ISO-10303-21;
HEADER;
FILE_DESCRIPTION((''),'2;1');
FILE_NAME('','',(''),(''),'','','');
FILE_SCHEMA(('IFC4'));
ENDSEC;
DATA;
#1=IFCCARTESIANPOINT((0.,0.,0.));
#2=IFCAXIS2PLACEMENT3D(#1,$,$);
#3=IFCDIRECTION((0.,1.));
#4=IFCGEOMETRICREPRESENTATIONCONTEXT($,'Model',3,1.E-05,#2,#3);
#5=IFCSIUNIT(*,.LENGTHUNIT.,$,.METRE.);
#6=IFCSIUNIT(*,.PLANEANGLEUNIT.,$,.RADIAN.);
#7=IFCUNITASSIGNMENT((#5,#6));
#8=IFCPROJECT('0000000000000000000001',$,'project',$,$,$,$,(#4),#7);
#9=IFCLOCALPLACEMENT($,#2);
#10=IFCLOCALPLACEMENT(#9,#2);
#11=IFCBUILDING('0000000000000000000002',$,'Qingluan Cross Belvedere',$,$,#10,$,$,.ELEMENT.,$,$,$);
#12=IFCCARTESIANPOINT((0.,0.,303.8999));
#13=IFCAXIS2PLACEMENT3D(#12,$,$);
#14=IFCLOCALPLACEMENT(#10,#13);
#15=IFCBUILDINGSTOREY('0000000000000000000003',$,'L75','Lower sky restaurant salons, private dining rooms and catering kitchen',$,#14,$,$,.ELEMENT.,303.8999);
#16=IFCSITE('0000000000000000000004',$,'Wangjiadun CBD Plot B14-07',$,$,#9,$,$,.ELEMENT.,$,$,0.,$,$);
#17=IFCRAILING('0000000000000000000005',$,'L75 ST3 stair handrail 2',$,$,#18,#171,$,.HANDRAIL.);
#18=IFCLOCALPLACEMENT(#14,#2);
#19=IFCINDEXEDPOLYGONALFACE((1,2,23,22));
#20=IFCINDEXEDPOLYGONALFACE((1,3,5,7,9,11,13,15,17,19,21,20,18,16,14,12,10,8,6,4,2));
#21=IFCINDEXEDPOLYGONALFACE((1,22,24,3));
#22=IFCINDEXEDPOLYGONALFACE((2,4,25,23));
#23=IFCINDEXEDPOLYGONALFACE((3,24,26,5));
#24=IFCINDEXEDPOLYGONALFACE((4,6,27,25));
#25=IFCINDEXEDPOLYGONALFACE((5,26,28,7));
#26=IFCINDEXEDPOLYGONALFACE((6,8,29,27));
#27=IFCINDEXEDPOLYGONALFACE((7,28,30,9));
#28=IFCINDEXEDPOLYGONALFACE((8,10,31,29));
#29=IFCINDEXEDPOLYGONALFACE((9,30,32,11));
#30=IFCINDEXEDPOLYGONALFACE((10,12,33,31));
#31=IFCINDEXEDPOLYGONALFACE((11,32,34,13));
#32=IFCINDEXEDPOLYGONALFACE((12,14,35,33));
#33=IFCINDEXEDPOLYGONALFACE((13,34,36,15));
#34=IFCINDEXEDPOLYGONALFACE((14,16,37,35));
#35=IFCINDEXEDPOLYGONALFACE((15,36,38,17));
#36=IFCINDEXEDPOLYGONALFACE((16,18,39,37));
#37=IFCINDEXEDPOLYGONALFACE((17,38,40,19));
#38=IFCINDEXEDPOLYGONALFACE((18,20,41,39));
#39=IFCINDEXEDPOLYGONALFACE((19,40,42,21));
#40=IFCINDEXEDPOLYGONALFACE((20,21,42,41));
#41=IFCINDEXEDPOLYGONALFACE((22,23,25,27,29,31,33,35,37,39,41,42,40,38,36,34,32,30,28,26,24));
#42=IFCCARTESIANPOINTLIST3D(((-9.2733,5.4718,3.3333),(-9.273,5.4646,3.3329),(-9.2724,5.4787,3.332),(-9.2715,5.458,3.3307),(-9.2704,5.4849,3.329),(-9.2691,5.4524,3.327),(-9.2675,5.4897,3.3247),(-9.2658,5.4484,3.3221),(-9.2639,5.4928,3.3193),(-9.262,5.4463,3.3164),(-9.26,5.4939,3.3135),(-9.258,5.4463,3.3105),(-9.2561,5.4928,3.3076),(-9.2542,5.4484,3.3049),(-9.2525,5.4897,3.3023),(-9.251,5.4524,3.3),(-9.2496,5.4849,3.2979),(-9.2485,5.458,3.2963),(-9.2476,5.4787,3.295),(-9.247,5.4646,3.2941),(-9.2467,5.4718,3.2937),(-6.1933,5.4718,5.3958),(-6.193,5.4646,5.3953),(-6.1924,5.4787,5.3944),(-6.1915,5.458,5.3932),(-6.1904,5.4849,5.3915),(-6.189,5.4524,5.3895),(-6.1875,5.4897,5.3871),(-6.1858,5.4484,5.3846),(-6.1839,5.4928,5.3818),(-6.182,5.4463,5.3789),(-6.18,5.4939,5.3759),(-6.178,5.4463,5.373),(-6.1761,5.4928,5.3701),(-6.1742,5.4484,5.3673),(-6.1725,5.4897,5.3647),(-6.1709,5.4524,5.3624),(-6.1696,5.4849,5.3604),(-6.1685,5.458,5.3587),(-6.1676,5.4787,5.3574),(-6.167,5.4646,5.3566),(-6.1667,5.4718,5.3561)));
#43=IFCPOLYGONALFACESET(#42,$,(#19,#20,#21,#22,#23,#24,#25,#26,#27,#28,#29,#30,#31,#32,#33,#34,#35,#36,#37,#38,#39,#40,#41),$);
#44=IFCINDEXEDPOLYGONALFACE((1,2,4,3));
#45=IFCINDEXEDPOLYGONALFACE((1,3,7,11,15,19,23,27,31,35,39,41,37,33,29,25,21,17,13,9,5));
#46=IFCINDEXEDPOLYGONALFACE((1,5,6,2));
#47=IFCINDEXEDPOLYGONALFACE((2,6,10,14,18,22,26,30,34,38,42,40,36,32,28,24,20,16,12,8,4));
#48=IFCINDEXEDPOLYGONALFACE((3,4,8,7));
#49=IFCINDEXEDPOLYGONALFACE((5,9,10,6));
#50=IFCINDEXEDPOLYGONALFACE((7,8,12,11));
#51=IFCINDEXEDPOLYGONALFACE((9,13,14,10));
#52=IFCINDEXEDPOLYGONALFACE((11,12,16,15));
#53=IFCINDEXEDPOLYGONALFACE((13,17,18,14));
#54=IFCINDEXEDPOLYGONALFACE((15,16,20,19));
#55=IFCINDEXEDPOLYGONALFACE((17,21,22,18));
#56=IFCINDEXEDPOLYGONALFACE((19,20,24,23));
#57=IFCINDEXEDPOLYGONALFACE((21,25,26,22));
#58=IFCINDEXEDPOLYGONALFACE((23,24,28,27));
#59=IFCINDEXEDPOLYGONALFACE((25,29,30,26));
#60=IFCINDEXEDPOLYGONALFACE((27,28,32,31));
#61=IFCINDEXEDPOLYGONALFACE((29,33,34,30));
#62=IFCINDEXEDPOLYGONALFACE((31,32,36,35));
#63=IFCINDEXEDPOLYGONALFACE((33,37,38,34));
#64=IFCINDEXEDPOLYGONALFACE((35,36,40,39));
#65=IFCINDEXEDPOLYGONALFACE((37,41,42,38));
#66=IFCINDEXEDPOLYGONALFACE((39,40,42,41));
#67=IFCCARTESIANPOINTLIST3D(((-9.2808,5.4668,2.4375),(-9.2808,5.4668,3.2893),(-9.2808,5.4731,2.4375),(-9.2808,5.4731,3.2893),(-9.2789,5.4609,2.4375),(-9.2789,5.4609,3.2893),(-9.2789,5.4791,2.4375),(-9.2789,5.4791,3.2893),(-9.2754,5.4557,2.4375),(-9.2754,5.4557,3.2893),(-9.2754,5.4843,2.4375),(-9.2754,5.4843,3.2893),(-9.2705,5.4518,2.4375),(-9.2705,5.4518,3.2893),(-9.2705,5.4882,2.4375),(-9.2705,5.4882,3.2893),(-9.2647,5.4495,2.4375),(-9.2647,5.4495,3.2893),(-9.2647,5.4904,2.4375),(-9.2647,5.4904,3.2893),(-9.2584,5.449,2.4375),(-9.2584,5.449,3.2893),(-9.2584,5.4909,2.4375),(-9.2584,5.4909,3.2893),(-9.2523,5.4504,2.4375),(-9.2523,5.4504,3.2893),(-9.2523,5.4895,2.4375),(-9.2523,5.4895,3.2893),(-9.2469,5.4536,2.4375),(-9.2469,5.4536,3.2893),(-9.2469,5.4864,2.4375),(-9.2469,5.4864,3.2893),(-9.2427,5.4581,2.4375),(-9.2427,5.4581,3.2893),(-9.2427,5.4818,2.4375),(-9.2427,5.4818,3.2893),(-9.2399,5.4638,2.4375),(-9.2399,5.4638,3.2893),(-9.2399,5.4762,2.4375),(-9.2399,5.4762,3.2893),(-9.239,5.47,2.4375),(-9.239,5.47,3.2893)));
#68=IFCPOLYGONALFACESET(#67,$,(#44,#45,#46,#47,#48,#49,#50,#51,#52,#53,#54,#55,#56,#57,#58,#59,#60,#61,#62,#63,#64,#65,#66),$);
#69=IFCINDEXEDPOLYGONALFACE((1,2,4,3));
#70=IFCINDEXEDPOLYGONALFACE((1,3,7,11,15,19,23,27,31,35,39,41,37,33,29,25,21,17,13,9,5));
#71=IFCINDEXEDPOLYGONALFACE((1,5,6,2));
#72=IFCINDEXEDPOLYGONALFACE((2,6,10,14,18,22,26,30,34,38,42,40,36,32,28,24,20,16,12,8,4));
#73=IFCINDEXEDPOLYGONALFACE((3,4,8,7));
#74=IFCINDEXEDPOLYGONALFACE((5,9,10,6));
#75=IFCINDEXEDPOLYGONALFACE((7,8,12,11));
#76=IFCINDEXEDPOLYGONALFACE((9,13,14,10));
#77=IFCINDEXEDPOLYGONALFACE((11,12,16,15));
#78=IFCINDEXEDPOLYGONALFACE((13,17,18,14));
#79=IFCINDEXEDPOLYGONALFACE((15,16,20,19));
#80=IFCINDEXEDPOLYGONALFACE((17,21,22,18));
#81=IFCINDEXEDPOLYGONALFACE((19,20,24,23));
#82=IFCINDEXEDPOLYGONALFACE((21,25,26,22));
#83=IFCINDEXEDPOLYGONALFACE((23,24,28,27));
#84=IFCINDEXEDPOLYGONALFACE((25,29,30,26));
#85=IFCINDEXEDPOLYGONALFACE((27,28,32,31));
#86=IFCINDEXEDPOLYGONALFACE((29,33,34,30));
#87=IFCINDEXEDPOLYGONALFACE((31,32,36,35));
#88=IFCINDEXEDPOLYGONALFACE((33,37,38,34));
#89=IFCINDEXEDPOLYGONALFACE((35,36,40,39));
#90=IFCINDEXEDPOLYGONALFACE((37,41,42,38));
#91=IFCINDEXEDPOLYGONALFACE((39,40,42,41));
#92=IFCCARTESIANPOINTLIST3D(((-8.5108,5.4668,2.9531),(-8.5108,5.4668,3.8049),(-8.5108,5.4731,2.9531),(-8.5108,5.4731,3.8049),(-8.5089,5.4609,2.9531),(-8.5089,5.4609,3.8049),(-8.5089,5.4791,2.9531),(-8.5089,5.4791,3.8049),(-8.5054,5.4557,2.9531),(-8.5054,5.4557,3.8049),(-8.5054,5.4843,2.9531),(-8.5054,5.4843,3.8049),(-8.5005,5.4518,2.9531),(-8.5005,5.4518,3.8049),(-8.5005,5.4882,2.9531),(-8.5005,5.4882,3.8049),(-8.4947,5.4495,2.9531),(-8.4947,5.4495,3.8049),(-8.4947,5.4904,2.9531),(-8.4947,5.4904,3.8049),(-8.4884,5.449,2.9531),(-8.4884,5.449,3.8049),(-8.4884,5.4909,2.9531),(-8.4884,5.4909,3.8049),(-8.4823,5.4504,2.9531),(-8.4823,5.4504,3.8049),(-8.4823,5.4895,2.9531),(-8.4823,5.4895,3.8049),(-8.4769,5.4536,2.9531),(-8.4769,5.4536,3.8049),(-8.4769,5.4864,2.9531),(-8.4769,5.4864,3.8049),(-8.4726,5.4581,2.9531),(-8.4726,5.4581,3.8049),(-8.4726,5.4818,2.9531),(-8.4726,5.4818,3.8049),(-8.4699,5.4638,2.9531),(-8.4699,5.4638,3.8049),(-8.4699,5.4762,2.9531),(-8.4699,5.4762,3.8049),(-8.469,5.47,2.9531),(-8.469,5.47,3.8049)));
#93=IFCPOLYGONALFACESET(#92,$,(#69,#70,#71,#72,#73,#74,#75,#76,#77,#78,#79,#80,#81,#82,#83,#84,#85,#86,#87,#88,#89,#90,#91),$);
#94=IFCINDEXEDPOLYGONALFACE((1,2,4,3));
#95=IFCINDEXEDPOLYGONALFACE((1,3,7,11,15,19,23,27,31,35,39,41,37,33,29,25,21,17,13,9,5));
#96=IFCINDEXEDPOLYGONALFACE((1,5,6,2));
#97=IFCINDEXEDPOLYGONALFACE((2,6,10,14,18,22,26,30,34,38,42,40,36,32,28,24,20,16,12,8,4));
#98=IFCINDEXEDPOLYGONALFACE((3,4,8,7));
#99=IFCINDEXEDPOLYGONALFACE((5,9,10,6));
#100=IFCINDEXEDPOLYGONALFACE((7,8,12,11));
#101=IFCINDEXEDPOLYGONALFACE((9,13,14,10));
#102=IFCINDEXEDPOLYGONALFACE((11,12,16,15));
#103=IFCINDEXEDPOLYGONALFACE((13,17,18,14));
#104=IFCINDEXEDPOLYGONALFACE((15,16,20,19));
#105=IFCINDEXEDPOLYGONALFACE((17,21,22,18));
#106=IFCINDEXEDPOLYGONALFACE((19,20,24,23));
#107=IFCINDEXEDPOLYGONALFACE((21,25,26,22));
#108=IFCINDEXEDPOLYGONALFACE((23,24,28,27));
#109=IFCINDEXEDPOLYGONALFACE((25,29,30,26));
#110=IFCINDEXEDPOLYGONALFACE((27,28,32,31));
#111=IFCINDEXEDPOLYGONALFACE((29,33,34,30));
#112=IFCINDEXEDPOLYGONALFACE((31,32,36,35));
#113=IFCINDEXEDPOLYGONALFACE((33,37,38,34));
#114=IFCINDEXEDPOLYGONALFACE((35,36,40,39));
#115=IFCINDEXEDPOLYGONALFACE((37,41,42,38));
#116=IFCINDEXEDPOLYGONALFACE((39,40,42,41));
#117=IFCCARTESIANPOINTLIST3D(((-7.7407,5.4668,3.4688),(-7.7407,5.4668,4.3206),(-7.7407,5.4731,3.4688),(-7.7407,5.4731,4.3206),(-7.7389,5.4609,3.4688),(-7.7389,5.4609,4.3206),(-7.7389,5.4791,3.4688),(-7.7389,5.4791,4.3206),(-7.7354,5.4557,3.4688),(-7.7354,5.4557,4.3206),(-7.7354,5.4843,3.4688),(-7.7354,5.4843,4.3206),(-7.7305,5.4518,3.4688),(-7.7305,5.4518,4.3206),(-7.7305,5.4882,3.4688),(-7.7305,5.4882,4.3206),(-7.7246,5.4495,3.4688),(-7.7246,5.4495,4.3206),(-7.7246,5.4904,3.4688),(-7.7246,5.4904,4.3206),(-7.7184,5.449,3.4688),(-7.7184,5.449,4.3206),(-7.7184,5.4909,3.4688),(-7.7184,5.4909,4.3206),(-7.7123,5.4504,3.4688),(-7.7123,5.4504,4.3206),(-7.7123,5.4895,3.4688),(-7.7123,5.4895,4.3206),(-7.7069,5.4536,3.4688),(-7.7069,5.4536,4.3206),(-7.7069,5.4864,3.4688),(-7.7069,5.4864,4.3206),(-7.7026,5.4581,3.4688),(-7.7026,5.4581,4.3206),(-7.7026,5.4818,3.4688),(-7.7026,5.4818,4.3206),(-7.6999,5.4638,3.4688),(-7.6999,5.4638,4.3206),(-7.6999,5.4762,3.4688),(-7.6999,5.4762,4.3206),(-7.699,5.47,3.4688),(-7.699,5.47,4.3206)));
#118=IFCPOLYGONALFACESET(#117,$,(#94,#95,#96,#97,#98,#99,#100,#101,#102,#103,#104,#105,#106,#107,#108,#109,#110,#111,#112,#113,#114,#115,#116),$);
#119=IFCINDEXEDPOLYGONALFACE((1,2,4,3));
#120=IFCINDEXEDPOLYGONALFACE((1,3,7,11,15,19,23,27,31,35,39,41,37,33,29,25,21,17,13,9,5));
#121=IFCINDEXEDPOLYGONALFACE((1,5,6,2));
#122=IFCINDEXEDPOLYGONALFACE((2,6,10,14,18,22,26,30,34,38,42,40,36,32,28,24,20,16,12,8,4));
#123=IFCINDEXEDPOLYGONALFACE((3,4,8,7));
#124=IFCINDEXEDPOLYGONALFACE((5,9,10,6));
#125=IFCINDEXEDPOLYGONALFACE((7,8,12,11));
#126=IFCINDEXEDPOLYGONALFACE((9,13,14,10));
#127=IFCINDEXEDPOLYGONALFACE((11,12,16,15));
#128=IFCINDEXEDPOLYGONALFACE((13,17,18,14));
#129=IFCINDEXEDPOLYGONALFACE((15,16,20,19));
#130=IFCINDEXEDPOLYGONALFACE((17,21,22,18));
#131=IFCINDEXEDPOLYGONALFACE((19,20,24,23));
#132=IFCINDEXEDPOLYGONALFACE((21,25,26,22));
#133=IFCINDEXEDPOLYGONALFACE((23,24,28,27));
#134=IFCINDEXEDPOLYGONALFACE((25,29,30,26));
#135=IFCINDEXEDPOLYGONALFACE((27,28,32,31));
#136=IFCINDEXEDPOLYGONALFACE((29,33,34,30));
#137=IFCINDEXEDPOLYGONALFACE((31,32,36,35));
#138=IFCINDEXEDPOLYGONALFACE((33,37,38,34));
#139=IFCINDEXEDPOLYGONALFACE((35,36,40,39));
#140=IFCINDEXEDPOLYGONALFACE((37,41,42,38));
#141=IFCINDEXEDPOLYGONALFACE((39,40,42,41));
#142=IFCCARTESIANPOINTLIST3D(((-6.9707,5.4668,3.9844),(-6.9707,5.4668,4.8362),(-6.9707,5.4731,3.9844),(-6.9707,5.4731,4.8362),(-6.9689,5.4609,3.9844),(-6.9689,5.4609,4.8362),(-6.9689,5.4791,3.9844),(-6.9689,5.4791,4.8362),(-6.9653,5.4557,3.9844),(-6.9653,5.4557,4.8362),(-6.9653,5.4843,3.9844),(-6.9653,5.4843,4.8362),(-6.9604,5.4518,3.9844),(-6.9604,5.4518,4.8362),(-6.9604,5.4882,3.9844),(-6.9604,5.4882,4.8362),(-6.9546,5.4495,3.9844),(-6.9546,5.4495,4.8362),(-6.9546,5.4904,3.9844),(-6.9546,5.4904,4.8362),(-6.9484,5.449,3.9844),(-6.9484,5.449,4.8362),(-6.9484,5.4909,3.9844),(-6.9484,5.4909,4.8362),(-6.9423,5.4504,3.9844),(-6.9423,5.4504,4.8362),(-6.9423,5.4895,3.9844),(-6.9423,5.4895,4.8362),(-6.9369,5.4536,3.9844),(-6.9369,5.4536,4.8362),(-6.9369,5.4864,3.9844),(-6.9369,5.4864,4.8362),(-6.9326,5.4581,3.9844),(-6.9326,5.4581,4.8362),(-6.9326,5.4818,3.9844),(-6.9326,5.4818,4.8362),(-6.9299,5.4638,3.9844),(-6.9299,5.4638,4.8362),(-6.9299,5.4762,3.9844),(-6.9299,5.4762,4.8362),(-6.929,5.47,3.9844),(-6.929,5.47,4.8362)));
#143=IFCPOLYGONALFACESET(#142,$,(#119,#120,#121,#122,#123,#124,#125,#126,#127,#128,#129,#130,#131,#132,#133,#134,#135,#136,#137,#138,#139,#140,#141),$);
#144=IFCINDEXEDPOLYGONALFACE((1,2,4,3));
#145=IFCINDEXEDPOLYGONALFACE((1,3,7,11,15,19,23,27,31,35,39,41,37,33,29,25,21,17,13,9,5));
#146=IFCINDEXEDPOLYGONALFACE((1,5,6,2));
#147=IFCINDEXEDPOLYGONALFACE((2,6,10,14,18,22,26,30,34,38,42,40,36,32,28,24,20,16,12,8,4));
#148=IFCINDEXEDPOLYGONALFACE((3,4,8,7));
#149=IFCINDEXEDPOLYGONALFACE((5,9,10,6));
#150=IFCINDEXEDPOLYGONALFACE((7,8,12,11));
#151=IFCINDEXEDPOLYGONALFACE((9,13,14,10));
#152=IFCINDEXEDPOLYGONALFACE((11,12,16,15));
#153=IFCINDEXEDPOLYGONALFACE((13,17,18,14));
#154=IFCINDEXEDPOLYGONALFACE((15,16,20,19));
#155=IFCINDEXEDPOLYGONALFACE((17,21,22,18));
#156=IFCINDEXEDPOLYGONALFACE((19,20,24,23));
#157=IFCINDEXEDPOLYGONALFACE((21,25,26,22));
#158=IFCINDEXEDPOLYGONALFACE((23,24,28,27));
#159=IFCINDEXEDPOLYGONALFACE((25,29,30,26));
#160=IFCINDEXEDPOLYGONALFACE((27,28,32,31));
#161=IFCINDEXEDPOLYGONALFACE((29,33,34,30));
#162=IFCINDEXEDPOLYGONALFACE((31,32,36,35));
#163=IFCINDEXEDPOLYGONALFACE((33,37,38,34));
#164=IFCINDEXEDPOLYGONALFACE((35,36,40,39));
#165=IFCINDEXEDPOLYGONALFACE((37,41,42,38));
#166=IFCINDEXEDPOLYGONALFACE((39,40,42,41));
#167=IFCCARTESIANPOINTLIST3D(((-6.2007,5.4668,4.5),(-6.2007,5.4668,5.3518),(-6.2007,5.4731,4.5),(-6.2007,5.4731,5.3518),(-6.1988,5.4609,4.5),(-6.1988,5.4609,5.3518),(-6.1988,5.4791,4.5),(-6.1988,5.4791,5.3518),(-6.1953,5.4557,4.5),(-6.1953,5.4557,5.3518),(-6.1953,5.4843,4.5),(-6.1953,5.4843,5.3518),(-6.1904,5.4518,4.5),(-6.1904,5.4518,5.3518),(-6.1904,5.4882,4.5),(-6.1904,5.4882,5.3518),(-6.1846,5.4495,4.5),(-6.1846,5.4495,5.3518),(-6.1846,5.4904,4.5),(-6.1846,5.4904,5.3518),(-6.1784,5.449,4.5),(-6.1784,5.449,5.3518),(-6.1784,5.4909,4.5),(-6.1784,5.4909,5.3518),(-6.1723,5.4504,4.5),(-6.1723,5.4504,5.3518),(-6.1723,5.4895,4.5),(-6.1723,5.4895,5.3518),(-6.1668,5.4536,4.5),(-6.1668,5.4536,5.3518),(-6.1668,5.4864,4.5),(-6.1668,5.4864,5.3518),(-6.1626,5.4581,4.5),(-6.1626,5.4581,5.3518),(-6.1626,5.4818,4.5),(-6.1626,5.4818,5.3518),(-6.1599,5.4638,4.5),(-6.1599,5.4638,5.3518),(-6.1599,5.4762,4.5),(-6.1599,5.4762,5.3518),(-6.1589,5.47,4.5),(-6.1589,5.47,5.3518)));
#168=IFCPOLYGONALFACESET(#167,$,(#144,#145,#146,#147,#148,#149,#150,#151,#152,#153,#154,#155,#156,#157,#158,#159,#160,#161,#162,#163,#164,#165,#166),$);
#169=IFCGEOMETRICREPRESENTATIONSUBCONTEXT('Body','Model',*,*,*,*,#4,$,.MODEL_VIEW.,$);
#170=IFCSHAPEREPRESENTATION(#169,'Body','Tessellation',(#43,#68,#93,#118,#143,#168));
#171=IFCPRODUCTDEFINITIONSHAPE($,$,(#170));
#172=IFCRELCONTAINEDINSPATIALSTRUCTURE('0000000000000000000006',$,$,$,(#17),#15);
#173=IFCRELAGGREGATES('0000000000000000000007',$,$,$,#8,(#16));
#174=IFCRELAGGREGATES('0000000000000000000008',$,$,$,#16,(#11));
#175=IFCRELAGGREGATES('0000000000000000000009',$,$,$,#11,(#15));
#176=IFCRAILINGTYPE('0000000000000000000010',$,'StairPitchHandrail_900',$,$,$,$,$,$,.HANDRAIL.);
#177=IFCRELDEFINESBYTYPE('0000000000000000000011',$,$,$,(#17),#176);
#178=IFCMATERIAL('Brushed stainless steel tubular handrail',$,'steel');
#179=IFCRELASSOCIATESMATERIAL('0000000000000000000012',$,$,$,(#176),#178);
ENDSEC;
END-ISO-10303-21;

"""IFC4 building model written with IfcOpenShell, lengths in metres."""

from ifc_helpers import new_model, si_unit, direction, frame, origin, origin_2d, place, context, subcontext, project, spatial, circle, extrude, material, type_object, element, save


model = new_model("IFC4")

# Units and contexts
model_context = context("Model", 3, precision=1e-05, world=origin(), true_north=direction((0.0, 1.0)))
body_context = subcontext(model_context, "Body", "Model", "MODEL_VIEW")
ifc_project = project(units=[si_unit("LENGTHUNIT", "METRE"), si_unit("PLANEANGLEUNIT", "RADIAN")], contexts=[model_context])

# Site, building, storey
site_placement = place(None, origin())
site = spatial("IfcSite", under=ifc_project, at=site_placement, Name="Wangjiadun CBD Plot B14-07", CompositionType="ELEMENT", RefElevation=0.0)
building_placement = place(site_placement, origin())
building = spatial("IfcBuilding", under=site, at=building_placement, Name="Qingluan Cross Belvedere", CompositionType="ELEMENT")
storey_placement = place(building_placement, frame((0.0, 0.0, 303.8999)))
storey = spatial("IfcBuildingStorey", under=building, at=storey_placement, Name="L75", Description="Lower sky restaurant salons, private dining rooms and catering kitchen", CompositionType="ELEMENT", Elevation=303.8999)

# Railing
ifc_material_1 = material(Name="Brushed stainless steel tubular handrail", Category="steel")
railing_type = type_object("IfcRailingType", Name="StairPitchHandrail_900", PredefinedType="HANDRAIL", material=ifc_material_1)
railing_placement = place(storey_placement, frame((-9.26, 5.47, 2.4375)))
element("IfcRailing", 1, at=railing_placement, inside=storey, type_object=railing_type, Name="L75 ST3 stair handrail 2", PredefinedType="HANDRAIL", context=body_context, shape_type="SweptSolid", body=[
    extrude(circle(Radius=0.0239, at=origin_2d()), frame((0.0, 0.0, 0.876), z_axis=(0.830914, 0.0, 0.556401), x_axis=(0.0, 1.0, 0.0)), (0.0, 0.0, 1.0), 3.7068),
    extrude(circle(Radius=0.021, at=origin_2d()), origin(), (0.0, 0.0, 1.0), 0.8518),
    extrude(circle(Radius=0.021, at=origin_2d()), frame((0.77, 0.0, 0.5156)), (0.0, 0.0, 1.0), 0.8518),
    extrude(circle(Radius=0.021, at=origin_2d()), frame((1.54, 0.0, 1.0312)), (0.0, 0.0, 1.0), 0.8518),
    extrude(circle(Radius=0.021, at=origin_2d()), frame((2.3101, 0.0, 1.5469)), (0.0, 0.0, 1.0), 0.8518),
    extrude(circle(Radius=0.021, at=origin_2d()), frame((3.0801, 0.0, 2.0625)), (0.0, 0.0, 1.0), 0.8518),
])

save(model, "model.ifc")
